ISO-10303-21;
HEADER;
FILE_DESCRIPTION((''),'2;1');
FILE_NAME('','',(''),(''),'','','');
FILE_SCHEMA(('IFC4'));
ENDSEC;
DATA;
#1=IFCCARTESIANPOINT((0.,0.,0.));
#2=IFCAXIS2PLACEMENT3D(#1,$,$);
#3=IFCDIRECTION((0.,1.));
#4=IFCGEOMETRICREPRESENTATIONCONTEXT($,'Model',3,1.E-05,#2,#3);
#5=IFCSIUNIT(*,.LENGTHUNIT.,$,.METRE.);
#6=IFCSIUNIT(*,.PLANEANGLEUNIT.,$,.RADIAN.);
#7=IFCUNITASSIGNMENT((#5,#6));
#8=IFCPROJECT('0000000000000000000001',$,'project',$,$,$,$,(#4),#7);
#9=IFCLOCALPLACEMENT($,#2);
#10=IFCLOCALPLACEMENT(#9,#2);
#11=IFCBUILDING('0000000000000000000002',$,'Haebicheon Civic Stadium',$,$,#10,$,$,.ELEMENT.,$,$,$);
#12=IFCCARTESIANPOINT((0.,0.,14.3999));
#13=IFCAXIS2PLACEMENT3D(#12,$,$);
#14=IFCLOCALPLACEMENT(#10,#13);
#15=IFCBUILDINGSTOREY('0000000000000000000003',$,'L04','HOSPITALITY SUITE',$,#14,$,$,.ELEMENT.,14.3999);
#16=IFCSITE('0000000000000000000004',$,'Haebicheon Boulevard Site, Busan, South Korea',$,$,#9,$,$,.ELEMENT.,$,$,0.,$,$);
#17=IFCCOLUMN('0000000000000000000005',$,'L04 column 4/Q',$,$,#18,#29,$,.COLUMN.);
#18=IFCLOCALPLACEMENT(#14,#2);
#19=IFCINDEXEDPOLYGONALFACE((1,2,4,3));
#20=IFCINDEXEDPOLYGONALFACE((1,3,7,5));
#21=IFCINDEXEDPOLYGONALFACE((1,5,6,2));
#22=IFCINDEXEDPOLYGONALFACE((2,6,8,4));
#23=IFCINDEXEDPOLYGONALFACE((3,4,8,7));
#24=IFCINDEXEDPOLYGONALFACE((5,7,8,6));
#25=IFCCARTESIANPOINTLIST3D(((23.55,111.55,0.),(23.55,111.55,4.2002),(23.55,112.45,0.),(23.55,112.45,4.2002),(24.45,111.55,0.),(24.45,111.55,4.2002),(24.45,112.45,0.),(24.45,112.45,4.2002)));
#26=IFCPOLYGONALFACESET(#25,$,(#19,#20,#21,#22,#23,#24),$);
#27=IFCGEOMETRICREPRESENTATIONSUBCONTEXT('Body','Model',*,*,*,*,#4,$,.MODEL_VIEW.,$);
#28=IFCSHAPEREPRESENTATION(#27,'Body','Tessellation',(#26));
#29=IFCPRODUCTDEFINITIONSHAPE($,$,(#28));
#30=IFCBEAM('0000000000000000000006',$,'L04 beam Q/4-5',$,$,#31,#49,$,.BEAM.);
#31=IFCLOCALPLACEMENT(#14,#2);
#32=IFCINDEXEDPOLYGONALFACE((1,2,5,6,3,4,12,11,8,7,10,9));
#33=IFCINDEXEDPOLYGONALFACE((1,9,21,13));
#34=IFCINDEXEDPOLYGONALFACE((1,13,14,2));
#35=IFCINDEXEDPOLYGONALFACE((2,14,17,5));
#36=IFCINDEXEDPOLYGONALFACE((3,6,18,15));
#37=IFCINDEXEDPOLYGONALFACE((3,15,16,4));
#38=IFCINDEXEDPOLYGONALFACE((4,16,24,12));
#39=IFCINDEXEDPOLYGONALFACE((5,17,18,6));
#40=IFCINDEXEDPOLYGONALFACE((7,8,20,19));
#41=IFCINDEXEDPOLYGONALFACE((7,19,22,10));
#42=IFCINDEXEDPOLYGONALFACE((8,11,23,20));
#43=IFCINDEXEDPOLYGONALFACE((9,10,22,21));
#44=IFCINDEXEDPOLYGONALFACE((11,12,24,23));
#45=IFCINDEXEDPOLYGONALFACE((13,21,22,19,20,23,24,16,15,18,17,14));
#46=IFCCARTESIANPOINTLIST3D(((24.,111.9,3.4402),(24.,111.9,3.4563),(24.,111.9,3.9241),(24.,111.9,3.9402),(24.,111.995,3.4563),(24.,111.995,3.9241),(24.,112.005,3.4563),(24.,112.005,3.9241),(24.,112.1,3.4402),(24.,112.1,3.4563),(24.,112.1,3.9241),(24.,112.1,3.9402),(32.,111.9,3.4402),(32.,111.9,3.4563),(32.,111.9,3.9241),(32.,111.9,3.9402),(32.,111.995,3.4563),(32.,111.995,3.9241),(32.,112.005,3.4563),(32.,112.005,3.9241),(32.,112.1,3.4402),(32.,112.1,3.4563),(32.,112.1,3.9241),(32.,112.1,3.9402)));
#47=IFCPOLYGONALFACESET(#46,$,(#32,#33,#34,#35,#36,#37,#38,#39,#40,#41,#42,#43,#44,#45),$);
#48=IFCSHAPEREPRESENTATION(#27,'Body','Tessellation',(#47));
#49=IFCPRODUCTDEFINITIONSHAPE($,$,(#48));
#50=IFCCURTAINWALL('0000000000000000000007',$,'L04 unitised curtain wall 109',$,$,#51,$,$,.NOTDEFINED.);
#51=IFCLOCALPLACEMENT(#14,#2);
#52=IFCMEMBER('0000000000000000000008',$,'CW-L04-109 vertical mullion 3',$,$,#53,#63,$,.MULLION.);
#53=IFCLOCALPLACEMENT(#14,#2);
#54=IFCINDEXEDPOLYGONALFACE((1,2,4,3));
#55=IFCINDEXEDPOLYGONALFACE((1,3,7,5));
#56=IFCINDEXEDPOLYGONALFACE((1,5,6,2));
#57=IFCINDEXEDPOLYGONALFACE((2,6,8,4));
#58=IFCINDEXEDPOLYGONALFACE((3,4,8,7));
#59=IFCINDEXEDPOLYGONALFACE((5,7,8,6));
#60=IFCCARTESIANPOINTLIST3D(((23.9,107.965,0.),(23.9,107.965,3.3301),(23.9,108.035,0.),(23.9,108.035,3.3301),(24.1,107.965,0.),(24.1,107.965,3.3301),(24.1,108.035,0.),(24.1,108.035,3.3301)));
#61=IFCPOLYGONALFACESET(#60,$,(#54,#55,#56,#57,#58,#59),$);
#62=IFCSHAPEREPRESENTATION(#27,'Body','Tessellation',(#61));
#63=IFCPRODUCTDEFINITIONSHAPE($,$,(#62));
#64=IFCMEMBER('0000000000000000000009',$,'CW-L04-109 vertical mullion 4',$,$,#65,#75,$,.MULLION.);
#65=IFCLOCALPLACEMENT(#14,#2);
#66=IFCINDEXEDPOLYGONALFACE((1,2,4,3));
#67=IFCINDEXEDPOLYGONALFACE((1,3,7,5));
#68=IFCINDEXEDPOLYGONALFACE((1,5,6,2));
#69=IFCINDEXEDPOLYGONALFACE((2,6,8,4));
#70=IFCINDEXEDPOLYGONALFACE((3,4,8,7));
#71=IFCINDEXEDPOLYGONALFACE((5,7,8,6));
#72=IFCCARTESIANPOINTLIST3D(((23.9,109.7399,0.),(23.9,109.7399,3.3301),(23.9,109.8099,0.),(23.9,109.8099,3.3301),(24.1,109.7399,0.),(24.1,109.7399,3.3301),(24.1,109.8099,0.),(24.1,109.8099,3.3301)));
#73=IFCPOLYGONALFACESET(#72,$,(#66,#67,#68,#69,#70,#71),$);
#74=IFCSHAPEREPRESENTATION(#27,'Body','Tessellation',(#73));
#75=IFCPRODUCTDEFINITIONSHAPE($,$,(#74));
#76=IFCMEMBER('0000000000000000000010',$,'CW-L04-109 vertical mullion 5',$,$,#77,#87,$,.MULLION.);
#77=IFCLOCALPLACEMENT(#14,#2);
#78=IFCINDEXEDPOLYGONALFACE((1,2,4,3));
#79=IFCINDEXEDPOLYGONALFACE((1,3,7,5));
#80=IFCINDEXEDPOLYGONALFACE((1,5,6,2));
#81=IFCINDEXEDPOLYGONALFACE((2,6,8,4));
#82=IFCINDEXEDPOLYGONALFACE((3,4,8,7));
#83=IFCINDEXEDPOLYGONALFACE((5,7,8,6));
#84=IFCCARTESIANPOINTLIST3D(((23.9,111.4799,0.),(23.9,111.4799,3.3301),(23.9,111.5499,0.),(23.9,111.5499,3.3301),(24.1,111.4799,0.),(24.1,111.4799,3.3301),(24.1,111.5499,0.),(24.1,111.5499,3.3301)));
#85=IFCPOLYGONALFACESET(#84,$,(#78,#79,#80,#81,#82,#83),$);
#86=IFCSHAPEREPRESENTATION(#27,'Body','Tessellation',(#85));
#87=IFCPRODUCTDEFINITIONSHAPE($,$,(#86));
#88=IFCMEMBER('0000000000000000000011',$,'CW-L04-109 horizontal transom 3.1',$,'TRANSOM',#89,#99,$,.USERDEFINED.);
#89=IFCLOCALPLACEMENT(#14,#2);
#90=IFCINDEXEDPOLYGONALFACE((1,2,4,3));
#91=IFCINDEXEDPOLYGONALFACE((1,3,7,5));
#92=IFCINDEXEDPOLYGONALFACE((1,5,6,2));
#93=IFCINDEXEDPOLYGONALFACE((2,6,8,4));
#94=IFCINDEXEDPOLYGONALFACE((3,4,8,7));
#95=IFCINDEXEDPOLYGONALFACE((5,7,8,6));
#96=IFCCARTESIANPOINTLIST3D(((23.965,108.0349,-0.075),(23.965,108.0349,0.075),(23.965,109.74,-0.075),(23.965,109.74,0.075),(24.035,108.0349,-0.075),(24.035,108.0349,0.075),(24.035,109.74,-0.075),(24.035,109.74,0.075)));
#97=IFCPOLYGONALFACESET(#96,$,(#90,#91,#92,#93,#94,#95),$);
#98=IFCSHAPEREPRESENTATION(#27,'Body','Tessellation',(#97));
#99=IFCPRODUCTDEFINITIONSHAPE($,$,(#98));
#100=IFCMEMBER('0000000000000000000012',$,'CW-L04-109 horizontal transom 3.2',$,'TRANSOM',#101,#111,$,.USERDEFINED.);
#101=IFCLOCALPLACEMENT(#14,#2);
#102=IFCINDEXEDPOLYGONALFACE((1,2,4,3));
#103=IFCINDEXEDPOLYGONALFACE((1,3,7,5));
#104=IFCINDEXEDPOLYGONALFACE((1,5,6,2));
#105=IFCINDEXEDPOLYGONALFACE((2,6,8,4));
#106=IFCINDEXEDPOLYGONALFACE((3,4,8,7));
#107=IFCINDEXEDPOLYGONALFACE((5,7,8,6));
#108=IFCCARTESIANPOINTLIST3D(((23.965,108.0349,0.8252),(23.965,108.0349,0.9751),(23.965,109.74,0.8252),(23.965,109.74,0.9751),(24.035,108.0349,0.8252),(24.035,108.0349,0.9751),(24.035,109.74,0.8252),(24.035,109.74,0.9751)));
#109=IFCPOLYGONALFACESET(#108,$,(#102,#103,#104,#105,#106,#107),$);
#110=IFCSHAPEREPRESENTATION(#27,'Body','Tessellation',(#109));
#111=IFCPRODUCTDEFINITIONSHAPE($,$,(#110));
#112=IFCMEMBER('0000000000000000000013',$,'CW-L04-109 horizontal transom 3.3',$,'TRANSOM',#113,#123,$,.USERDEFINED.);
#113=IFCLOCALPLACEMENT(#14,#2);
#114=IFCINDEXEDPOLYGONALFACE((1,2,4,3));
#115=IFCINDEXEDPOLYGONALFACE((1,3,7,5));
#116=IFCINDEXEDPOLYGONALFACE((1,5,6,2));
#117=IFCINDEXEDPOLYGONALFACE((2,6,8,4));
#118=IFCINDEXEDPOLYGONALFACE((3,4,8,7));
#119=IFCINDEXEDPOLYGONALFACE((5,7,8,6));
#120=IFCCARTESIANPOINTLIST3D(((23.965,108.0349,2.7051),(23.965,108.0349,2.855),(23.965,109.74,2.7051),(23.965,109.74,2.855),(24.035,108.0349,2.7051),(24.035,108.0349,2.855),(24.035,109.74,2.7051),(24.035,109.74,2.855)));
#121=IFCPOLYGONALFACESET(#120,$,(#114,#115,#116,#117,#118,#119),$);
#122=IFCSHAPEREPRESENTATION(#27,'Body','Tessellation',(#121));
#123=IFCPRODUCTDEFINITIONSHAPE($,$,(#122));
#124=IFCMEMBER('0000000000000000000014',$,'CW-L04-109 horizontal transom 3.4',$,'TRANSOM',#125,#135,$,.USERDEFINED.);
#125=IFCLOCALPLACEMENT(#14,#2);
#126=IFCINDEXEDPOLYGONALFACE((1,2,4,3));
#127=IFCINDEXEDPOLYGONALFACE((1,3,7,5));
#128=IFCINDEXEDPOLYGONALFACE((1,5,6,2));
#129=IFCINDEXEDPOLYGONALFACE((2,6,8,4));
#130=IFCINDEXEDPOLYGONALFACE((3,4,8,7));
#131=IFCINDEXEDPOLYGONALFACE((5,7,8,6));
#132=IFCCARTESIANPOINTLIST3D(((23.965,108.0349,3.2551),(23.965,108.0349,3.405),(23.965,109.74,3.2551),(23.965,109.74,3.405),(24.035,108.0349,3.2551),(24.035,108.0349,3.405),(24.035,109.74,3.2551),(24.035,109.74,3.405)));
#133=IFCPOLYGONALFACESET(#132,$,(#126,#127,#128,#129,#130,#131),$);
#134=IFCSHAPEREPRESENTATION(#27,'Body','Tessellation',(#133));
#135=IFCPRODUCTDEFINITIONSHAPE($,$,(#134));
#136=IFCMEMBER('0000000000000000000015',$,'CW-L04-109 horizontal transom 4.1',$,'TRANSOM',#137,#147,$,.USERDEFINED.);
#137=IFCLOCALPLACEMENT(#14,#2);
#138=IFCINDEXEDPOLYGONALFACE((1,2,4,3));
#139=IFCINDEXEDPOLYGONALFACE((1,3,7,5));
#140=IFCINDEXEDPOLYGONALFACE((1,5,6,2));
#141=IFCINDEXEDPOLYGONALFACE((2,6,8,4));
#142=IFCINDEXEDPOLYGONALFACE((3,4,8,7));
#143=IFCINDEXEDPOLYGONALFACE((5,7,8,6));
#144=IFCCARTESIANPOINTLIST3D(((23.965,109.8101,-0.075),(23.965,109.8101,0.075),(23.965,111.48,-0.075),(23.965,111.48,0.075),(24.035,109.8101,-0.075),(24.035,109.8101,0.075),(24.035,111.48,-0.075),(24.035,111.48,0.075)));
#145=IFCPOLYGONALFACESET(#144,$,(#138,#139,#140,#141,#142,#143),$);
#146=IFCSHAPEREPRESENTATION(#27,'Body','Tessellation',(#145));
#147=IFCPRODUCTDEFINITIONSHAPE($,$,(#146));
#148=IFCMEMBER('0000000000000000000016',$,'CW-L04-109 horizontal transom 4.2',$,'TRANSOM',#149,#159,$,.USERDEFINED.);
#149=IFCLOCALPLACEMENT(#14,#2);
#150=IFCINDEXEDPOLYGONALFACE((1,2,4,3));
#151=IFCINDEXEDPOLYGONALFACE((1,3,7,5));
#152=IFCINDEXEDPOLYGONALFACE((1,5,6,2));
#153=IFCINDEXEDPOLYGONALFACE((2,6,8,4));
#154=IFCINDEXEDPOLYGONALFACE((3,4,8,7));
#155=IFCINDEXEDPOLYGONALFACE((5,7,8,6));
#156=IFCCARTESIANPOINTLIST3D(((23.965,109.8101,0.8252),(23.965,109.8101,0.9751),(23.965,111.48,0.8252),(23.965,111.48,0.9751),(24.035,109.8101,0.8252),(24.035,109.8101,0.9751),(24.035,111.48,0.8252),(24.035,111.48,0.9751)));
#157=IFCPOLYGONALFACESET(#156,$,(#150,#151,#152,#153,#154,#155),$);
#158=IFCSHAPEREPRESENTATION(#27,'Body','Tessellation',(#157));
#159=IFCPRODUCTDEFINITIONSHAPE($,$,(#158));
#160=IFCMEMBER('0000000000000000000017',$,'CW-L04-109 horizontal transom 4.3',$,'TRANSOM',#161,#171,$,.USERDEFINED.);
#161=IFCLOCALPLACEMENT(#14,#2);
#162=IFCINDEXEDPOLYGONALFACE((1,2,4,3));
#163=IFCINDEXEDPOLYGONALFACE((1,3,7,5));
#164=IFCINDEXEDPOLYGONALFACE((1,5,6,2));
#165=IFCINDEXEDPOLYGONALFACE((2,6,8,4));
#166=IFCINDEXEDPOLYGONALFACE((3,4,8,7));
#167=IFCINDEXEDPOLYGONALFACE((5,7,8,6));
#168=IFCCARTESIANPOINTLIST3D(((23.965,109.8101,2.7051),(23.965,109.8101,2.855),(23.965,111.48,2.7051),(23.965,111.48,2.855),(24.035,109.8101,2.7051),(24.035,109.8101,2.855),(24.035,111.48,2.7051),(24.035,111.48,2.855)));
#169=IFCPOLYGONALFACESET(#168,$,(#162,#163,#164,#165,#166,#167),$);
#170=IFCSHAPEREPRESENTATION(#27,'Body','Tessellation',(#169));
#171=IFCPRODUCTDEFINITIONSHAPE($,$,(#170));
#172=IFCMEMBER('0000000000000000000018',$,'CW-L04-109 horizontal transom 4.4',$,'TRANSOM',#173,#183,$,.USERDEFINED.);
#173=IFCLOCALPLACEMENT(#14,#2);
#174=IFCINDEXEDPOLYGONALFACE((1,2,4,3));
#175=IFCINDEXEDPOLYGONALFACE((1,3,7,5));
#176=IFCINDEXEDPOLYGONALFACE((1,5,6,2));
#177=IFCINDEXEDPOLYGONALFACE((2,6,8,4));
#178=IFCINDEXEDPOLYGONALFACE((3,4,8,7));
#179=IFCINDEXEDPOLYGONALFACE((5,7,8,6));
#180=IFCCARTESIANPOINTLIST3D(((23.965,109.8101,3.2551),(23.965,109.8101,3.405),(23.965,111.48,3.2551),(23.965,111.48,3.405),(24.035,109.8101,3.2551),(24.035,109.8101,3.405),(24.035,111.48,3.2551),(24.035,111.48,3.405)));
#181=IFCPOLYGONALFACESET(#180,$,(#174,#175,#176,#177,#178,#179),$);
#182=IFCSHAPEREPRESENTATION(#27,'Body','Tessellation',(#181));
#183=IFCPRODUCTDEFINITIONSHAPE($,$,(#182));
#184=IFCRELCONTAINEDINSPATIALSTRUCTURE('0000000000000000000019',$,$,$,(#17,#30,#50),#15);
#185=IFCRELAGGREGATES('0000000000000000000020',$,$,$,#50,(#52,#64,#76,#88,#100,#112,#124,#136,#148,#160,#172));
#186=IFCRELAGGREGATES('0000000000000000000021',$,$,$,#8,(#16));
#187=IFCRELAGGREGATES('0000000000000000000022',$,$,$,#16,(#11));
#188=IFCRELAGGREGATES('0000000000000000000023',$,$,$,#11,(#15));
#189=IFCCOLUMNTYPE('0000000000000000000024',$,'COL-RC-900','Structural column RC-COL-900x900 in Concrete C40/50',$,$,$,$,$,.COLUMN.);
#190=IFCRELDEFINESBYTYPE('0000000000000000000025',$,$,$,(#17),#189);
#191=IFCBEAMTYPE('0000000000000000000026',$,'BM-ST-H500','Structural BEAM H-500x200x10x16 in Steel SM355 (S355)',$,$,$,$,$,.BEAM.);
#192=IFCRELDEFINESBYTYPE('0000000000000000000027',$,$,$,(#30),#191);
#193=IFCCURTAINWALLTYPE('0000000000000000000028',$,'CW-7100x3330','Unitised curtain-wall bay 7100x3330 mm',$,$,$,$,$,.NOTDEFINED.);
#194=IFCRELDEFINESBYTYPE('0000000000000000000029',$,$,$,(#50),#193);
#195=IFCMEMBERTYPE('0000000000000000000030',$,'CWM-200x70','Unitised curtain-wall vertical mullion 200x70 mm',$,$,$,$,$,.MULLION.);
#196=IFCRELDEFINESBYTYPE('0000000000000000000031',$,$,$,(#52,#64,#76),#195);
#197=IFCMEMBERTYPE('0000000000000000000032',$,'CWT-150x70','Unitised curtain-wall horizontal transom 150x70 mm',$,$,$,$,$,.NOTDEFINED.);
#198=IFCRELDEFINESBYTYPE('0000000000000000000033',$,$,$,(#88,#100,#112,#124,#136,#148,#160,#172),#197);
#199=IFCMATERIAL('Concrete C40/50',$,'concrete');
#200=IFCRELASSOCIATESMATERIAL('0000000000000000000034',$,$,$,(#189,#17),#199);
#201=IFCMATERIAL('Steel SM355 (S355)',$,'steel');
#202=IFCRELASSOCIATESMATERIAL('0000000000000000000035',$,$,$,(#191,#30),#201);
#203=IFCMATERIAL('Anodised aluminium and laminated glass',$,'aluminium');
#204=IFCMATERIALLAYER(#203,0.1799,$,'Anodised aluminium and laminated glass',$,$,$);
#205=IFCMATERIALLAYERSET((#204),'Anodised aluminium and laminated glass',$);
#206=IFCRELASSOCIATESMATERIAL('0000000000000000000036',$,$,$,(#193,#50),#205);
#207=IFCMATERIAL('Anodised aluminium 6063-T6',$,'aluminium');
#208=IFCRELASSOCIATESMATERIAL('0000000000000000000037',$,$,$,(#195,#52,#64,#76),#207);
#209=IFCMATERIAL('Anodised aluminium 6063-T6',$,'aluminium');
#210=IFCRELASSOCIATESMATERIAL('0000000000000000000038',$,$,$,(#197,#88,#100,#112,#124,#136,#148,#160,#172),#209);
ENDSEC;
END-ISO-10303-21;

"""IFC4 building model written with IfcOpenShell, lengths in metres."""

from ifc_helpers import new_model, si_unit, direction, frame, origin, origin_2d, place, context, subcontext, project, spatial, rectangle, i_section, extrude, material, layer, layer_set, material_profile, profile_set, type_object, element, aggregate, save


model = new_model("IFC4")

# Units and contexts
model_context = context("Model", 3, precision=1e-05, world=origin(), true_north=direction((0.0, 1.0)))
body_context = subcontext(model_context, "Body", "Model", "MODEL_VIEW")
ifc_project = project(units=[si_unit("LENGTHUNIT", "METRE"), si_unit("PLANEANGLEUNIT", "RADIAN")], contexts=[model_context])

# Site, building, storey
site_placement = place(None, origin())
site = spatial("IfcSite", under=ifc_project, at=site_placement, Name="Haebicheon Boulevard Site, Busan, South Korea", CompositionType="ELEMENT", RefElevation=0.0)
building_placement = place(site_placement, origin())
building = spatial("IfcBuilding", under=site, at=building_placement, Name="Haebicheon Civic Stadium", CompositionType="ELEMENT")
storey_placement = place(building_placement, frame((0.0, 0.0, 14.3999)))
storey = spatial("IfcBuildingStorey", under=building, at=storey_placement, Name="L04", Description="HOSPITALITY SUITE", CompositionType="ELEMENT", Elevation=14.3999)

# Column
ifc_material_1 = material(Name="Concrete C40/50", Category="concrete")
ifc_material_profile_1 = material_profile(ifc_material_1, rectangle(XDim=0.8999, YDim=0.8999, at=origin_2d()), Name="RC-COL-900x900")
ifc_profile_set_1 = profile_set([ifc_material_profile_1], Name="Concrete C40/50")
column_type = type_object("IfcColumnType", Name="COL-RC-900", Description="Structural column RC-COL-900x900 in Concrete C40/50", PredefinedType="COLUMN", material=ifc_profile_set_1)
column_placement = place(storey_placement, frame((24.0, 112.0, 0.0), z_axis=(0.0, 0.0, 1.0), x_axis=(1.0, 0.0, 0.0)))
element("IfcColumn", 1, at=column_placement, inside=storey, type_object=column_type, material=ifc_profile_set_1, Name="L04 column 4/Q", PredefinedType="COLUMN", context=body_context, shape_type="SweptSolid", body=[
    extrude(rectangle(XDim=0.8999, YDim=0.8999, at=origin_2d()), origin(), (0.0, 0.0, 1.0), 4.2002),
])

# Beam
ifc_material_2 = material(Name="Steel SM355 (S355)", Category="steel")
ifc_material_profile_2 = material_profile(ifc_material_2, i_section(OverallWidth=0.2, OverallDepth=0.5, WebThickness=0.01, FlangeThickness=0.0161, at=origin_2d()), Name="H-500x200x10x16")
ifc_profile_set_2 = profile_set([ifc_material_profile_2], Name="Steel SM355 (S355)")
beam_type_1 = type_object("IfcBeamType", Name="BM-ST-H500", Description="Structural BEAM H-500x200x10x16 in Steel SM355 (S355)", PredefinedType="BEAM", material=ifc_profile_set_2)
beam_1_placement = place(storey_placement, frame((24.0, 112.0, 3.6902), z_axis=(1.0, 0.0, 0.0), x_axis=(0.0, 1.0, 0.0)))
element("IfcBeam", 2, at=beam_1_placement, inside=storey, type_object=beam_type_1, material=ifc_profile_set_2, Name="L04 beam Q/4-5", PredefinedType="BEAM", context=body_context, shape_type="SweptSolid", body=[
    extrude(i_section(OverallWidth=0.2, OverallDepth=0.5, WebThickness=0.01, FlangeThickness=0.0161, at=origin_2d()), origin(), (0.0, 0.0, 1.0), 8.0),
])

# Curtain wall, members
ifc_material_3 = material(Name="Anodised aluminium and laminated glass", Category="aluminium")
ifc_layer_1 = layer(ifc_material_3, 0.1799, Name="Anodised aluminium and laminated glass")
ifc_layer_set_1 = layer_set([ifc_layer_1], Name="Anodised aluminium and laminated glass")
curtain_wall_type = type_object("IfcCurtainWallType", Name="CW-7100x3330", Description="Unitised curtain-wall bay 7100x3330 mm", PredefinedType="NOTDEFINED", material=ifc_layer_set_1)
curtain_wall_placement = place(storey_placement, origin())
curtain_wall = element("IfcCurtainWall", 3, at=curtain_wall_placement, inside=storey, type_object=curtain_wall_type, material=ifc_layer_set_1, Name="L04 unitised curtain wall 109", PredefinedType="NOTDEFINED")
ifc_material_4 = material(Name="Anodised aluminium 6063-T6", Category="aluminium")
ifc_material_profile_3 = material_profile(ifc_material_4, rectangle(XDim=0.0701, YDim=0.2, at=origin_2d()), Name="ALU-MULL-70x200")
ifc_profile_set_3 = profile_set([ifc_material_profile_3], Name="Anodised aluminium 6063-T6")
member_type_1 = type_object("IfcMemberType", Name="CWM-200x70", Description="Unitised curtain-wall vertical mullion 200x70 mm", PredefinedType="MULLION", material=ifc_profile_set_3)
member_1_placement = place(storey_placement, frame((24.0, 108.0, 0.0), z_axis=(0.0, 0.0, 1.0), x_axis=(0.0, 1.0, 0.0)))
member_1 = element("IfcMember", 4, at=member_1_placement, type_object=member_type_1, material=ifc_profile_set_3, Name="CW-L04-109 vertical mullion 3", PredefinedType="MULLION", context=body_context, shape_type="SweptSolid", body=[
    extrude(rectangle(XDim=0.0701, YDim=0.2, at=origin_2d()), origin(), (0.0, 0.0, 1.0), 3.3301),
])
member_2_placement = place(storey_placement, frame((24.0, 109.7749, 0.0), z_axis=(0.0, 0.0, 1.0), x_axis=(0.0, 1.0, 0.0)))
member_2 = element("IfcMember", 5, at=member_2_placement, type_object=member_type_1, material=ifc_profile_set_3, Name="CW-L04-109 vertical mullion 4", PredefinedType="MULLION", context=body_context, shape_type="SweptSolid", body=[
    extrude(rectangle(XDim=0.0701, YDim=0.2, at=origin_2d()), origin(), (0.0, 0.0, 1.0), 3.3301),
])
member_3_placement = place(storey_placement, frame((24.0, 111.5149, 0.0), z_axis=(0.0, 0.0, 1.0), x_axis=(0.0, 1.0, 0.0)))
member_3 = element("IfcMember", 6, at=member_3_placement, type_object=member_type_1, material=ifc_profile_set_3, Name="CW-L04-109 vertical mullion 5", PredefinedType="MULLION", context=body_context, shape_type="SweptSolid", body=[
    extrude(rectangle(XDim=0.0701, YDim=0.2, at=origin_2d()), origin(), (0.0, 0.0, 1.0), 3.3301),
])
ifc_material_5 = material(Name="Anodised aluminium 6063-T6", Category="aluminium")
ifc_material_profile_4 = material_profile(ifc_material_5, rectangle(XDim=0.0701, YDim=0.1499, at=origin_2d()), Name="ALU-TRAN-70x150")
ifc_profile_set_4 = profile_set([ifc_material_profile_4], Name="Anodised aluminium 6063-T6")
member_type_2 = type_object("IfcMemberType", Name="CWT-150x70", Description="Unitised curtain-wall horizontal transom 150x70 mm", PredefinedType="NOTDEFINED", material=ifc_profile_set_4)
member_4_placement = place(storey_placement, frame((24.0, 108.0349, 0.0), z_axis=(0.0, 1.0, 0.0), x_axis=(-1.0, 0.0, 0.0)))
member_4 = element("IfcMember", 7, at=member_4_placement, type_object=member_type_2, material=ifc_profile_set_4, Name="CW-L04-109 horizontal transom 3.1", ObjectType="TRANSOM", PredefinedType="USERDEFINED", context=body_context, shape_type="SweptSolid", body=[
    extrude(rectangle(XDim=0.0701, YDim=0.1499, at=origin_2d()), origin(), (0.0, 0.0, 1.0), 1.7051),
])
member_5_placement = place(storey_placement, frame((24.0, 108.0349, 0.9001), z_axis=(0.0, 1.0, 0.0), x_axis=(-1.0, 0.0, 0.0)))
member_5 = element("IfcMember", 8, at=member_5_placement, type_object=member_type_2, material=ifc_profile_set_4, Name="CW-L04-109 horizontal transom 3.2", ObjectType="TRANSOM", PredefinedType="USERDEFINED", context=body_context, shape_type="SweptSolid", body=[
    extrude(rectangle(XDim=0.0701, YDim=0.1499, at=origin_2d()), origin(), (0.0, 0.0, 1.0), 1.7051),
])
member_6_placement = place(storey_placement, frame((24.0, 108.0349, 2.78), z_axis=(0.0, 1.0, 0.0), x_axis=(-1.0, 0.0, 0.0)))
member_6 = element("IfcMember", 9, at=member_6_placement, type_object=member_type_2, material=ifc_profile_set_4, Name="CW-L04-109 horizontal transom 3.3", ObjectType="TRANSOM", PredefinedType="USERDEFINED", context=body_context, shape_type="SweptSolid", body=[
    extrude(rectangle(XDim=0.0701, YDim=0.1499, at=origin_2d()), origin(), (0.0, 0.0, 1.0), 1.7051),
])
member_7_placement = place(storey_placement, frame((24.0, 108.0349, 3.3301), z_axis=(0.0, 1.0, 0.0), x_axis=(-1.0, 0.0, 0.0)))
member_7 = element("IfcMember", 10, at=member_7_placement, type_object=member_type_2, material=ifc_profile_set_4, Name="CW-L04-109 horizontal transom 3.4", ObjectType="TRANSOM", PredefinedType="USERDEFINED", context=body_context, shape_type="SweptSolid", body=[
    extrude(rectangle(XDim=0.0701, YDim=0.1499, at=origin_2d()), origin(), (0.0, 0.0, 1.0), 1.7051),
])
member_8_placement = place(storey_placement, frame((24.0, 109.8101, 0.0), z_axis=(0.0, 1.0, 0.0), x_axis=(-1.0, 0.0, 0.0)))
member_8 = element("IfcMember", 11, at=member_8_placement, type_object=member_type_2, material=ifc_profile_set_4, Name="CW-L04-109 horizontal transom 4.1", ObjectType="TRANSOM", PredefinedType="USERDEFINED", context=body_context, shape_type="SweptSolid", body=[
    extrude(rectangle(XDim=0.0701, YDim=0.1499, at=origin_2d()), origin(), (0.0, 0.0, 1.0), 1.6699),
])
member_9_placement = place(storey_placement, frame((24.0, 109.8101, 0.9001), z_axis=(0.0, 1.0, 0.0), x_axis=(-1.0, 0.0, 0.0)))
member_9 = element("IfcMember", 12, at=member_9_placement, type_object=member_type_2, material=ifc_profile_set_4, Name="CW-L04-109 horizontal transom 4.2", ObjectType="TRANSOM", PredefinedType="USERDEFINED", context=body_context, shape_type="SweptSolid", body=[
    extrude(rectangle(XDim=0.0701, YDim=0.1499, at=origin_2d()), origin(), (0.0, 0.0, 1.0), 1.6699),
])
member_10_placement = place(storey_placement, frame((24.0, 109.8101, 2.78), z_axis=(0.0, 1.0, 0.0), x_axis=(-1.0, 0.0, 0.0)))
member_10 = element("IfcMember", 13, at=member_10_placement, type_object=member_type_2, material=ifc_profile_set_4, Name="CW-L04-109 horizontal transom 4.3", ObjectType="TRANSOM", PredefinedType="USERDEFINED", context=body_context, shape_type="SweptSolid", body=[
    extrude(rectangle(XDim=0.0701, YDim=0.1499, at=origin_2d()), origin(), (0.0, 0.0, 1.0), 1.6699),
])
member_11_placement = place(storey_placement, frame((24.0, 109.8101, 3.3301), z_axis=(0.0, 1.0, 0.0), x_axis=(-1.0, 0.0, 0.0)))
member_11 = element("IfcMember", 14, at=member_11_placement, type_object=member_type_2, material=ifc_profile_set_4, Name="CW-L04-109 horizontal transom 4.4", ObjectType="TRANSOM", PredefinedType="USERDEFINED", context=body_context, shape_type="SweptSolid", body=[
    extrude(rectangle(XDim=0.0701, YDim=0.1499, at=origin_2d()), origin(), (0.0, 0.0, 1.0), 1.6699),
])

aggregate(curtain_wall, [member_1, member_2, member_3, member_4, member_5, member_6, member_7, member_8, member_9, member_10, member_11])

save(model, "model.ifc")
